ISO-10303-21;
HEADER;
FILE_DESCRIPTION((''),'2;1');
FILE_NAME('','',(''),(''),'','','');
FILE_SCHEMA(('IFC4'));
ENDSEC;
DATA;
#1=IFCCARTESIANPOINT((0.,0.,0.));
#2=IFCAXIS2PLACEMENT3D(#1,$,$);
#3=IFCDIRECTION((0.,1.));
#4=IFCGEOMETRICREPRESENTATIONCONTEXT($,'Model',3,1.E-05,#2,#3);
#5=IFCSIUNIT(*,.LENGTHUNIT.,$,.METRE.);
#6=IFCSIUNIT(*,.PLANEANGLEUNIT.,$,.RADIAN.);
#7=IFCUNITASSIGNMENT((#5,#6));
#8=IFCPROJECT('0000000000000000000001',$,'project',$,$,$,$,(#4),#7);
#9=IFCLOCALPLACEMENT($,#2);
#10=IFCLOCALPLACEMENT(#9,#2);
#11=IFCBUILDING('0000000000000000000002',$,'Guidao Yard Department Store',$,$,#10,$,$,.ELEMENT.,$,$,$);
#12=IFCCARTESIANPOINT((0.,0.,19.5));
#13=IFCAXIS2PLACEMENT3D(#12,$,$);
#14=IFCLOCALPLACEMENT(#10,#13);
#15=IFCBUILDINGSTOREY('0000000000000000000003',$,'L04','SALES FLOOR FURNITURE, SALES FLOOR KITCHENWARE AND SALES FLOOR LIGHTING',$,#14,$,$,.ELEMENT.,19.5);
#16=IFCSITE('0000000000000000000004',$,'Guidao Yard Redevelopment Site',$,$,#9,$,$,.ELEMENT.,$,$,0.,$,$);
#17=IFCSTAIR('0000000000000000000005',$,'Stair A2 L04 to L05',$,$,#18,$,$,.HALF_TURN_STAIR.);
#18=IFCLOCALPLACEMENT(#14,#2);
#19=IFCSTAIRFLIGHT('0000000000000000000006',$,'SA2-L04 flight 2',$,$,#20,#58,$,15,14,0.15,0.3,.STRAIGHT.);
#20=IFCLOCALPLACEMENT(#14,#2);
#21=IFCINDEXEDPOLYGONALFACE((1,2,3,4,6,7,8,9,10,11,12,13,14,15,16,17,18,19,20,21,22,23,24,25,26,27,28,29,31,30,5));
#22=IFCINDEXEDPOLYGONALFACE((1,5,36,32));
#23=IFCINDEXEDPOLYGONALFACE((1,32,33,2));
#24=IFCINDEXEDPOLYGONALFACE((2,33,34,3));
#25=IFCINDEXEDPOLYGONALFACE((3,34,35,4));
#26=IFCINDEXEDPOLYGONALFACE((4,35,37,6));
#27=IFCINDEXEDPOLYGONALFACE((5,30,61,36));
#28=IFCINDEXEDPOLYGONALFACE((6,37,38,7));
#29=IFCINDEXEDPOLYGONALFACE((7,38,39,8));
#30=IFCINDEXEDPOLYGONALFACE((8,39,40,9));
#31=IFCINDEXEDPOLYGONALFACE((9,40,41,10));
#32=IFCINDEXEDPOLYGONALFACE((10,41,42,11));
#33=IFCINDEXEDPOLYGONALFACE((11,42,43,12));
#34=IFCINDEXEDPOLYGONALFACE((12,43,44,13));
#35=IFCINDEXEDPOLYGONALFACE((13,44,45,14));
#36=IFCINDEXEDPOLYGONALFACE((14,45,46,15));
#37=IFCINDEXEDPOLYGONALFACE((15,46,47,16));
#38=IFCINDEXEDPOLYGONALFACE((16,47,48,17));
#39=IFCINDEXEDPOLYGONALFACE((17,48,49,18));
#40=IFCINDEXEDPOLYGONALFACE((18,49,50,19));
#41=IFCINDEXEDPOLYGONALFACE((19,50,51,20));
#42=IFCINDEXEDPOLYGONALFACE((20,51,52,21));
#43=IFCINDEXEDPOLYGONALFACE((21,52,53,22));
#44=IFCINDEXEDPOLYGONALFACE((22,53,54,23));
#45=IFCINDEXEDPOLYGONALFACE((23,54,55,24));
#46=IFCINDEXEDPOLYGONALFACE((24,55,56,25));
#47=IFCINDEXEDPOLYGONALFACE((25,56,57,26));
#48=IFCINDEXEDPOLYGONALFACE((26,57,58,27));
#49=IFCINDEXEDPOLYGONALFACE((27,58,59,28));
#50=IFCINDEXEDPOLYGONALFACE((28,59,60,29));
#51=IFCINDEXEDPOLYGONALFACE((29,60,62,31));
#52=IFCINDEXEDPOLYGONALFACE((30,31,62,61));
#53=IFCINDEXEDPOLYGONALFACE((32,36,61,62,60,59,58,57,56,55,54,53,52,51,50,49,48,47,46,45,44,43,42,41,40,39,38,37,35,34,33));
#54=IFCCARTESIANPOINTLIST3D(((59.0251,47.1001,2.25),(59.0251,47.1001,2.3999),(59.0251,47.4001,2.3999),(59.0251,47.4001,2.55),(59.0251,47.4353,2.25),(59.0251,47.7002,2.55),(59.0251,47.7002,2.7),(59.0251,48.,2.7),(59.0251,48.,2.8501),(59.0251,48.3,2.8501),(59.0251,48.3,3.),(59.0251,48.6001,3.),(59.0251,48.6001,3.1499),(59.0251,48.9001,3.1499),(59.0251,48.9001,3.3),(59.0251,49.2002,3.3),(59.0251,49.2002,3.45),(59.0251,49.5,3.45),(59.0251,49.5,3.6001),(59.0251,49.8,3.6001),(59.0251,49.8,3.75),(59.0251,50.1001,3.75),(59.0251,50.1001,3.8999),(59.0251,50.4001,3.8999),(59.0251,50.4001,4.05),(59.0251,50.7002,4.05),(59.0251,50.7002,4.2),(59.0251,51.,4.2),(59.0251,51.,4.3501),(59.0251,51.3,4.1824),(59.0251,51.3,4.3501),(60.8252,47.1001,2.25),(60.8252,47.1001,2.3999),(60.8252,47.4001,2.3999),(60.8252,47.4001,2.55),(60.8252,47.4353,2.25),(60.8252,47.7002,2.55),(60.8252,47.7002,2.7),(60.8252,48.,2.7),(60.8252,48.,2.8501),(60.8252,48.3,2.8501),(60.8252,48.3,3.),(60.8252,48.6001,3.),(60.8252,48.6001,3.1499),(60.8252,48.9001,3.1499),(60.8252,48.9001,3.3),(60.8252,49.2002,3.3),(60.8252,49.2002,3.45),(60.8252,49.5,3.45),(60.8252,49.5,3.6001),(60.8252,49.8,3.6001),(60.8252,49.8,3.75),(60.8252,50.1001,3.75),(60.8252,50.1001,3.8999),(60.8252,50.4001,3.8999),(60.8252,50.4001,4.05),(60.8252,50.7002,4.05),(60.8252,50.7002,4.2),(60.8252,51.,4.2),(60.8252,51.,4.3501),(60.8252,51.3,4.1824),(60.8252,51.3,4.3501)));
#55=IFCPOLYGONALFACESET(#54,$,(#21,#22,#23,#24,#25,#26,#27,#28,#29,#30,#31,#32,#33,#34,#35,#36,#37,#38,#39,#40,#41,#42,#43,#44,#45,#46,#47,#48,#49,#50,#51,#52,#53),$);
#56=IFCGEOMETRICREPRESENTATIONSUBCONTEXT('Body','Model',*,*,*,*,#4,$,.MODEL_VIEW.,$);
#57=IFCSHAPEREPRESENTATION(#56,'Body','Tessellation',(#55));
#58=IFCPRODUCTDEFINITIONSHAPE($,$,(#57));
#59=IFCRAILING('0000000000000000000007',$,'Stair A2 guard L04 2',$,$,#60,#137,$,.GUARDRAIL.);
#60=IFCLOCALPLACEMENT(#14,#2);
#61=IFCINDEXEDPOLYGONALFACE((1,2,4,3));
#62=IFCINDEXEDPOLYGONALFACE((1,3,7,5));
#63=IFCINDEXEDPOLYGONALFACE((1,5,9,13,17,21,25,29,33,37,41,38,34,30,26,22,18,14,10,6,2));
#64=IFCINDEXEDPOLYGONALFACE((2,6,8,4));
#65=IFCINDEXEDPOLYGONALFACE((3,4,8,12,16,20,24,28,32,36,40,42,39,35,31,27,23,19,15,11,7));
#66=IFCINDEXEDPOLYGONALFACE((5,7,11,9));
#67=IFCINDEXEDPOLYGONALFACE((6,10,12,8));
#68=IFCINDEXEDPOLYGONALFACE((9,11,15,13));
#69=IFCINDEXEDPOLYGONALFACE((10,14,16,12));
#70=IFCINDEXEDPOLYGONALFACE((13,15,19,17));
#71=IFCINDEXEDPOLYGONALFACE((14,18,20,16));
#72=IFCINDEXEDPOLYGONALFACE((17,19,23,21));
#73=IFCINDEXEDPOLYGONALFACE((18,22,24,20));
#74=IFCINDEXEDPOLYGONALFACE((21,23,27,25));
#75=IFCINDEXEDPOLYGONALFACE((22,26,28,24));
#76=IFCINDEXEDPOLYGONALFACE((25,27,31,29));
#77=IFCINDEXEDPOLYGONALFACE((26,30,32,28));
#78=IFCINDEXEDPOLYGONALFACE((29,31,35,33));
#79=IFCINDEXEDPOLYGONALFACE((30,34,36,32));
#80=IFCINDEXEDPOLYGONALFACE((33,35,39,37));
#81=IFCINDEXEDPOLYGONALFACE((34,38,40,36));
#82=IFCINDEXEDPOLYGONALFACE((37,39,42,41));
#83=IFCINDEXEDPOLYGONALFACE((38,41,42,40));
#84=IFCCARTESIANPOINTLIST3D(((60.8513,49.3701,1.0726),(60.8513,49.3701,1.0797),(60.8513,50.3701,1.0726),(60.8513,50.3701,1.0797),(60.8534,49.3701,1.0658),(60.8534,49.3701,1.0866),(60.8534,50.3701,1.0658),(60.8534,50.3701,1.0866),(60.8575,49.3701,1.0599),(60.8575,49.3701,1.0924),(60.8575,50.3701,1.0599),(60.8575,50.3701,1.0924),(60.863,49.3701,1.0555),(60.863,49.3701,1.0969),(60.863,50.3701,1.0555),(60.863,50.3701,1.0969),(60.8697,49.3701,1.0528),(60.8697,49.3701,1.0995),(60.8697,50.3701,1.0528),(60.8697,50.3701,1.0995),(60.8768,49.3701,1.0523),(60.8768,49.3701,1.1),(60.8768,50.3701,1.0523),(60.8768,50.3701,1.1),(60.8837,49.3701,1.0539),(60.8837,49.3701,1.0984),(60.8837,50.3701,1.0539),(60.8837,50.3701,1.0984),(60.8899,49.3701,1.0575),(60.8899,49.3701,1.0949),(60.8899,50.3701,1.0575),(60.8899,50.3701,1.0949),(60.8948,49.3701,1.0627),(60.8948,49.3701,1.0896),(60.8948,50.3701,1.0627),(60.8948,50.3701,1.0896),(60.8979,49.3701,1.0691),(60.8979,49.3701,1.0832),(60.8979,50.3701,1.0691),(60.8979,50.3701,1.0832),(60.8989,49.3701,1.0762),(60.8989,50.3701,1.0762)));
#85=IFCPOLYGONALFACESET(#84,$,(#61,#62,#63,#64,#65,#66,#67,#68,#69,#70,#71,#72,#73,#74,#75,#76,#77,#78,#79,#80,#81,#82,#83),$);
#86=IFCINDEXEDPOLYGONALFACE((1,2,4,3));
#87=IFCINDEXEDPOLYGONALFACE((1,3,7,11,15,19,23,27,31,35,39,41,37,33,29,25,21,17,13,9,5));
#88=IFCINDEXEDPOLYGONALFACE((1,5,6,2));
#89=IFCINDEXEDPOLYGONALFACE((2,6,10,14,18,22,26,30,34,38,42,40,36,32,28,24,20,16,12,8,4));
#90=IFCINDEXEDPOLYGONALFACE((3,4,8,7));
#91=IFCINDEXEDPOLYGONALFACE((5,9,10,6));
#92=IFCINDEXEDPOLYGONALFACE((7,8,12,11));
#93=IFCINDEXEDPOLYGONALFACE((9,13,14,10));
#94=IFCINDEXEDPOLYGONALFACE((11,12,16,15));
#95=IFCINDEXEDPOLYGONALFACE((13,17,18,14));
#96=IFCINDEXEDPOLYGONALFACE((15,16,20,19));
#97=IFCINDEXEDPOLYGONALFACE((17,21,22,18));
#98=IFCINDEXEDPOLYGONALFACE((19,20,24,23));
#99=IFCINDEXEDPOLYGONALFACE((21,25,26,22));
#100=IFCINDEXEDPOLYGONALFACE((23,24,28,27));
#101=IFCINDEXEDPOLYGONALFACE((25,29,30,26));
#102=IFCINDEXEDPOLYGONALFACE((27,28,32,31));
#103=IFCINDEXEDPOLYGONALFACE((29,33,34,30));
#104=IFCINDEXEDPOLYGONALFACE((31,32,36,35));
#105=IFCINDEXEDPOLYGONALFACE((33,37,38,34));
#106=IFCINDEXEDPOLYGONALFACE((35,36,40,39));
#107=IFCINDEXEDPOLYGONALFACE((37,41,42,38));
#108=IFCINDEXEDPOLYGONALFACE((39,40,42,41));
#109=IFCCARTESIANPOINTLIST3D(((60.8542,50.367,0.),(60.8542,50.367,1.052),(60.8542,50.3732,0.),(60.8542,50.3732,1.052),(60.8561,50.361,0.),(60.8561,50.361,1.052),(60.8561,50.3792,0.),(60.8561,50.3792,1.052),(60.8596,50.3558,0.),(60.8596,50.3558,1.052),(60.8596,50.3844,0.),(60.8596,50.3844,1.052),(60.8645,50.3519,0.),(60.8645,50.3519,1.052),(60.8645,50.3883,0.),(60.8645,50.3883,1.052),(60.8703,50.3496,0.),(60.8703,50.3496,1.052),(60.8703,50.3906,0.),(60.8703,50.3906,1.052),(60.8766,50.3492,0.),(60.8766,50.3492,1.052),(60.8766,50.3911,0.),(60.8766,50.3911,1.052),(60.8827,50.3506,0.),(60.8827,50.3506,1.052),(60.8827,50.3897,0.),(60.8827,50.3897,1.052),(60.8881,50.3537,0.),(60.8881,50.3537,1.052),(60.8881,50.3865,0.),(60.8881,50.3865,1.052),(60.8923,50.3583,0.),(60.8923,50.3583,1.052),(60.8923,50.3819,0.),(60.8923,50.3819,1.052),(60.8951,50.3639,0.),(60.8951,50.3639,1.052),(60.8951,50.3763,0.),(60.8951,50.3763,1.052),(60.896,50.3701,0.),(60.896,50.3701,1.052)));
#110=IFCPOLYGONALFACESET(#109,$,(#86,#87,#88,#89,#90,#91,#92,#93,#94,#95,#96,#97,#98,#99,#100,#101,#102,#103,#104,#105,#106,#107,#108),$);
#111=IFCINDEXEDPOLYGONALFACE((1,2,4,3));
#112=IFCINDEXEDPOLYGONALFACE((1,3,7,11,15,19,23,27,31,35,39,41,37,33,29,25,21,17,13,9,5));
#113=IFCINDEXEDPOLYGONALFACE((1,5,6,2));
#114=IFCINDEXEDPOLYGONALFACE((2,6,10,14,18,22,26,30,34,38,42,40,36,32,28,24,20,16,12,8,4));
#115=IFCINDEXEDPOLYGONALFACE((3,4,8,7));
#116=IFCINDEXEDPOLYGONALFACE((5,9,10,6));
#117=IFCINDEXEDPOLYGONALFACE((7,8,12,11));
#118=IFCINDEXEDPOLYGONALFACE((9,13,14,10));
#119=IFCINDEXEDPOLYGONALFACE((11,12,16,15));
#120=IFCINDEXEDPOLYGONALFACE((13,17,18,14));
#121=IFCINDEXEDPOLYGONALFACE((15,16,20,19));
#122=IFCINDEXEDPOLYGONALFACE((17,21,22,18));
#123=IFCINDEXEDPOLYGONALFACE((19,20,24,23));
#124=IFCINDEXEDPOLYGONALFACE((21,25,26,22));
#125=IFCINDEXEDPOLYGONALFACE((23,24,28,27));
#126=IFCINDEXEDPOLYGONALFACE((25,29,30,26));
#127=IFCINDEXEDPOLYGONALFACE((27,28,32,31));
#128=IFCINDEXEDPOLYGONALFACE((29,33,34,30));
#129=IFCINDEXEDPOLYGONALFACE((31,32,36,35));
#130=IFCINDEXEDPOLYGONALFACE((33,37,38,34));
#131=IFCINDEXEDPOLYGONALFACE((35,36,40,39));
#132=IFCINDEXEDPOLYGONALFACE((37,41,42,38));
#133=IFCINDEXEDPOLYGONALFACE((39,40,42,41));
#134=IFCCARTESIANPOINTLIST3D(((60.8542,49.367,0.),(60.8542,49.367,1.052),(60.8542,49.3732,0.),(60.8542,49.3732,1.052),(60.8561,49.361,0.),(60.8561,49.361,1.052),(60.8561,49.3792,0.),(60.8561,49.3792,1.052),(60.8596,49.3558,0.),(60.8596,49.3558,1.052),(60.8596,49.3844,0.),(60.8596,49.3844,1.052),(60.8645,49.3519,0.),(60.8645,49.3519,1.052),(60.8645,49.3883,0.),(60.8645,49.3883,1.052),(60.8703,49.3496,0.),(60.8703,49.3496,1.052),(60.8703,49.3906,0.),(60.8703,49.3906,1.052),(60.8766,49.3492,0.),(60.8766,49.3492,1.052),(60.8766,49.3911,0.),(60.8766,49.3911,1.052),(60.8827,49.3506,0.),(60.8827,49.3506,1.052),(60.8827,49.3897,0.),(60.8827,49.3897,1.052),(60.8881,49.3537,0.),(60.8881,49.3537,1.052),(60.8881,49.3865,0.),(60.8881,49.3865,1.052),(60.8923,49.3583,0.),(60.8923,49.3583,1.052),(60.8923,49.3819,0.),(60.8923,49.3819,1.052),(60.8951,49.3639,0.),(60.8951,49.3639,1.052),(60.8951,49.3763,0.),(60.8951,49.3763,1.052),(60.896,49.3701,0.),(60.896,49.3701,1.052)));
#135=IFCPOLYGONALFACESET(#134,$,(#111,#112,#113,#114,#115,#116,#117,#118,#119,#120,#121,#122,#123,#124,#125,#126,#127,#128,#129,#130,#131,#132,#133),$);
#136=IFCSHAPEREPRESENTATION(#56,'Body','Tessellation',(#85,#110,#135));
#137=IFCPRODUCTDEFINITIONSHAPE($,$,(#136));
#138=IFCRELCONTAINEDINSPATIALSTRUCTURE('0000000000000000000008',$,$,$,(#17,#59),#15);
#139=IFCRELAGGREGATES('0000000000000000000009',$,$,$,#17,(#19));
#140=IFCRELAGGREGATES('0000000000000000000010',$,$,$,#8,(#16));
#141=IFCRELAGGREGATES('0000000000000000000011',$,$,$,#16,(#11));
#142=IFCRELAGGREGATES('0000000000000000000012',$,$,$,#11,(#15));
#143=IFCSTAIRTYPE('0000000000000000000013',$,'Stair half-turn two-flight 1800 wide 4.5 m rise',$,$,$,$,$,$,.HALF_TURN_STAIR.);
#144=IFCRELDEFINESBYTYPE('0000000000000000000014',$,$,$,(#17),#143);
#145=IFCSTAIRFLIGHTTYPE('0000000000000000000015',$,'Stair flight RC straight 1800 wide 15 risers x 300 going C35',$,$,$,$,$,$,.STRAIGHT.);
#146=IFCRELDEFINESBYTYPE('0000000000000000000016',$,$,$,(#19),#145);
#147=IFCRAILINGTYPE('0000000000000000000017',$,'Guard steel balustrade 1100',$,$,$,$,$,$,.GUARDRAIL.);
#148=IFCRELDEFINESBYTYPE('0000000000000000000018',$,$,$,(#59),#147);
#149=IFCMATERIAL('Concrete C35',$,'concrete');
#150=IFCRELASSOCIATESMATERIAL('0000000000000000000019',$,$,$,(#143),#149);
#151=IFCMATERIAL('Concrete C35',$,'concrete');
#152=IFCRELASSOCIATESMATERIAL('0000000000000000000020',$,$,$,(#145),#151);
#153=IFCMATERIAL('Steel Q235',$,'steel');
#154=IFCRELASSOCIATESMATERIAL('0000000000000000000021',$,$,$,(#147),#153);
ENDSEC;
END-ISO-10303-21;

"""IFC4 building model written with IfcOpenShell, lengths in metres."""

from ifc_helpers import new_model, si_unit, direction, frame, origin, origin_2d, place, context, subcontext, project, spatial, polyline, circle, outline, extrude, material, type_object, element, aggregate, save


model = new_model("IFC4")

# Units and contexts
model_context = context("Model", 3, precision=1e-05, world=origin(), true_north=direction((0.0, 1.0)))
body_context = subcontext(model_context, "Body", "Model", "MODEL_VIEW")
ifc_project = project(units=[si_unit("LENGTHUNIT", "METRE"), si_unit("PLANEANGLEUNIT", "RADIAN")], contexts=[model_context])

# Site, building, storey
site_placement = place(None, origin())
site = spatial("IfcSite", under=ifc_project, at=site_placement, Name="Guidao Yard Redevelopment Site", CompositionType="ELEMENT", RefElevation=0.0)
building_placement = place(site_placement, origin())
building = spatial("IfcBuilding", under=site, at=building_placement, Name="Guidao Yard Department Store", CompositionType="ELEMENT")
storey_placement = place(building_placement, frame((0.0, 0.0, 19.5)))
storey = spatial("IfcBuildingStorey", under=building, at=storey_placement, Name="L04", Description="SALES FLOOR FURNITURE, SALES FLOOR KITCHENWARE AND SALES FLOOR LIGHTING", CompositionType="ELEMENT", Elevation=19.5)

# Stair, stair flight
ifc_material_1 = material(Name="Concrete C35", Category="concrete")
stair_type = type_object("IfcStairType", Name="Stair half-turn two-flight 1800 wide 4.5 m rise", PredefinedType="HALF_TURN_STAIR", material=ifc_material_1)
stair_placement = place(storey_placement, origin())
stair = element("IfcStair", 1, at=stair_placement, inside=storey, type_object=stair_type, Name="Stair A2 L04 to L05", PredefinedType="HALF_TURN_STAIR")
ifc_material_2 = material(Name="Concrete C35", Category="concrete")
stair_flight_type = type_object("IfcStairFlightType", Name="Stair flight RC straight 1800 wide 15 risers x 300 going C35", PredefinedType="STRAIGHT", material=ifc_material_2)
stair_flight_placement = place(storey_placement, frame((59.925, 47.1001, 2.25), z_axis=(0.0, 0.0, 1.0), x_axis=(0.0, 1.0, 0.0)))
stair_flight = element("IfcStairFlight", 2, at=stair_flight_placement, type_object=stair_flight_type, Name="SA2-L04 flight 2", NumberOfRisers=15, NumberOfTreads=14, PredefinedType="STRAIGHT", RiserHeight=0.15, TreadLength=0.3, context=body_context, shape_type="SweptSolid", body=[
    extrude(outline(polyline([(0.0, 0.0), (0.0, 0.1499), (0.3, 0.1499), (0.3, 0.3), (0.6001, 0.3), (0.6001, 0.45), (0.8999, 0.45), (0.8999, 0.6001), (1.2, 0.6001), (1.2, 0.75), (1.5, 0.75), (1.5, 0.8999), (1.8, 0.8999), (1.8, 1.05), (2.1001, 1.05), (2.1001, 1.2), (2.3999, 1.2), (2.3999, 1.3501), (2.7, 1.3501), (2.7, 1.5), (3.0, 1.5), (3.0, 1.6499), (3.3, 1.6499), (3.3, 1.8), (3.6001, 1.8), (3.6001, 1.95), (3.8999, 1.95), (3.8999, 2.1001), (4.2, 2.1001), (4.2, 2.25), (4.2, 1.9324), (0.3352, 0.0), (0.0, 0.0)])), frame((0.0, 0.8999, 0.0), z_axis=(0.0, -1.0, 0.0), x_axis=(1.0, 0.0, 0.0)), (0.0, 0.0, 1.0), 1.8),
])
aggregate(stair, [stair_flight])

# Railing
ifc_material_3 = material(Name="Steel Q235", Category="steel")
railing_type_1 = type_object("IfcRailingType", Name="Guard steel balustrade 1100", PredefinedType="GUARDRAIL", material=ifc_material_3)
railing_placement = place(storey_placement, frame((60.875, 50.3701, 0.0)))
element("IfcRailing", 3, at=railing_placement, inside=storey, type_object=railing_type_1, Name="Stair A2 guard L04 2", PredefinedType="GUARDRAIL", context=body_context, shape_type="SweptSolid", body=[
    extrude(circle(Radius=0.0239, at=origin_2d()), frame((0.0, 0.0, 1.0762), z_axis=(0.0, -1.0, 0.0), x_axis=(1.0, 0.0, 0.0)), (0.0, 0.0, 1.0), 1.0),
    extrude(circle(Radius=0.021, at=origin_2d()), origin(), (0.0, 0.0, 1.0), 1.052),
    extrude(circle(Radius=0.021, at=origin_2d()), frame((0.0, -1.0, 0.0)), (0.0, 0.0, 1.0), 1.052),
])

save(model, "model.ifc")
